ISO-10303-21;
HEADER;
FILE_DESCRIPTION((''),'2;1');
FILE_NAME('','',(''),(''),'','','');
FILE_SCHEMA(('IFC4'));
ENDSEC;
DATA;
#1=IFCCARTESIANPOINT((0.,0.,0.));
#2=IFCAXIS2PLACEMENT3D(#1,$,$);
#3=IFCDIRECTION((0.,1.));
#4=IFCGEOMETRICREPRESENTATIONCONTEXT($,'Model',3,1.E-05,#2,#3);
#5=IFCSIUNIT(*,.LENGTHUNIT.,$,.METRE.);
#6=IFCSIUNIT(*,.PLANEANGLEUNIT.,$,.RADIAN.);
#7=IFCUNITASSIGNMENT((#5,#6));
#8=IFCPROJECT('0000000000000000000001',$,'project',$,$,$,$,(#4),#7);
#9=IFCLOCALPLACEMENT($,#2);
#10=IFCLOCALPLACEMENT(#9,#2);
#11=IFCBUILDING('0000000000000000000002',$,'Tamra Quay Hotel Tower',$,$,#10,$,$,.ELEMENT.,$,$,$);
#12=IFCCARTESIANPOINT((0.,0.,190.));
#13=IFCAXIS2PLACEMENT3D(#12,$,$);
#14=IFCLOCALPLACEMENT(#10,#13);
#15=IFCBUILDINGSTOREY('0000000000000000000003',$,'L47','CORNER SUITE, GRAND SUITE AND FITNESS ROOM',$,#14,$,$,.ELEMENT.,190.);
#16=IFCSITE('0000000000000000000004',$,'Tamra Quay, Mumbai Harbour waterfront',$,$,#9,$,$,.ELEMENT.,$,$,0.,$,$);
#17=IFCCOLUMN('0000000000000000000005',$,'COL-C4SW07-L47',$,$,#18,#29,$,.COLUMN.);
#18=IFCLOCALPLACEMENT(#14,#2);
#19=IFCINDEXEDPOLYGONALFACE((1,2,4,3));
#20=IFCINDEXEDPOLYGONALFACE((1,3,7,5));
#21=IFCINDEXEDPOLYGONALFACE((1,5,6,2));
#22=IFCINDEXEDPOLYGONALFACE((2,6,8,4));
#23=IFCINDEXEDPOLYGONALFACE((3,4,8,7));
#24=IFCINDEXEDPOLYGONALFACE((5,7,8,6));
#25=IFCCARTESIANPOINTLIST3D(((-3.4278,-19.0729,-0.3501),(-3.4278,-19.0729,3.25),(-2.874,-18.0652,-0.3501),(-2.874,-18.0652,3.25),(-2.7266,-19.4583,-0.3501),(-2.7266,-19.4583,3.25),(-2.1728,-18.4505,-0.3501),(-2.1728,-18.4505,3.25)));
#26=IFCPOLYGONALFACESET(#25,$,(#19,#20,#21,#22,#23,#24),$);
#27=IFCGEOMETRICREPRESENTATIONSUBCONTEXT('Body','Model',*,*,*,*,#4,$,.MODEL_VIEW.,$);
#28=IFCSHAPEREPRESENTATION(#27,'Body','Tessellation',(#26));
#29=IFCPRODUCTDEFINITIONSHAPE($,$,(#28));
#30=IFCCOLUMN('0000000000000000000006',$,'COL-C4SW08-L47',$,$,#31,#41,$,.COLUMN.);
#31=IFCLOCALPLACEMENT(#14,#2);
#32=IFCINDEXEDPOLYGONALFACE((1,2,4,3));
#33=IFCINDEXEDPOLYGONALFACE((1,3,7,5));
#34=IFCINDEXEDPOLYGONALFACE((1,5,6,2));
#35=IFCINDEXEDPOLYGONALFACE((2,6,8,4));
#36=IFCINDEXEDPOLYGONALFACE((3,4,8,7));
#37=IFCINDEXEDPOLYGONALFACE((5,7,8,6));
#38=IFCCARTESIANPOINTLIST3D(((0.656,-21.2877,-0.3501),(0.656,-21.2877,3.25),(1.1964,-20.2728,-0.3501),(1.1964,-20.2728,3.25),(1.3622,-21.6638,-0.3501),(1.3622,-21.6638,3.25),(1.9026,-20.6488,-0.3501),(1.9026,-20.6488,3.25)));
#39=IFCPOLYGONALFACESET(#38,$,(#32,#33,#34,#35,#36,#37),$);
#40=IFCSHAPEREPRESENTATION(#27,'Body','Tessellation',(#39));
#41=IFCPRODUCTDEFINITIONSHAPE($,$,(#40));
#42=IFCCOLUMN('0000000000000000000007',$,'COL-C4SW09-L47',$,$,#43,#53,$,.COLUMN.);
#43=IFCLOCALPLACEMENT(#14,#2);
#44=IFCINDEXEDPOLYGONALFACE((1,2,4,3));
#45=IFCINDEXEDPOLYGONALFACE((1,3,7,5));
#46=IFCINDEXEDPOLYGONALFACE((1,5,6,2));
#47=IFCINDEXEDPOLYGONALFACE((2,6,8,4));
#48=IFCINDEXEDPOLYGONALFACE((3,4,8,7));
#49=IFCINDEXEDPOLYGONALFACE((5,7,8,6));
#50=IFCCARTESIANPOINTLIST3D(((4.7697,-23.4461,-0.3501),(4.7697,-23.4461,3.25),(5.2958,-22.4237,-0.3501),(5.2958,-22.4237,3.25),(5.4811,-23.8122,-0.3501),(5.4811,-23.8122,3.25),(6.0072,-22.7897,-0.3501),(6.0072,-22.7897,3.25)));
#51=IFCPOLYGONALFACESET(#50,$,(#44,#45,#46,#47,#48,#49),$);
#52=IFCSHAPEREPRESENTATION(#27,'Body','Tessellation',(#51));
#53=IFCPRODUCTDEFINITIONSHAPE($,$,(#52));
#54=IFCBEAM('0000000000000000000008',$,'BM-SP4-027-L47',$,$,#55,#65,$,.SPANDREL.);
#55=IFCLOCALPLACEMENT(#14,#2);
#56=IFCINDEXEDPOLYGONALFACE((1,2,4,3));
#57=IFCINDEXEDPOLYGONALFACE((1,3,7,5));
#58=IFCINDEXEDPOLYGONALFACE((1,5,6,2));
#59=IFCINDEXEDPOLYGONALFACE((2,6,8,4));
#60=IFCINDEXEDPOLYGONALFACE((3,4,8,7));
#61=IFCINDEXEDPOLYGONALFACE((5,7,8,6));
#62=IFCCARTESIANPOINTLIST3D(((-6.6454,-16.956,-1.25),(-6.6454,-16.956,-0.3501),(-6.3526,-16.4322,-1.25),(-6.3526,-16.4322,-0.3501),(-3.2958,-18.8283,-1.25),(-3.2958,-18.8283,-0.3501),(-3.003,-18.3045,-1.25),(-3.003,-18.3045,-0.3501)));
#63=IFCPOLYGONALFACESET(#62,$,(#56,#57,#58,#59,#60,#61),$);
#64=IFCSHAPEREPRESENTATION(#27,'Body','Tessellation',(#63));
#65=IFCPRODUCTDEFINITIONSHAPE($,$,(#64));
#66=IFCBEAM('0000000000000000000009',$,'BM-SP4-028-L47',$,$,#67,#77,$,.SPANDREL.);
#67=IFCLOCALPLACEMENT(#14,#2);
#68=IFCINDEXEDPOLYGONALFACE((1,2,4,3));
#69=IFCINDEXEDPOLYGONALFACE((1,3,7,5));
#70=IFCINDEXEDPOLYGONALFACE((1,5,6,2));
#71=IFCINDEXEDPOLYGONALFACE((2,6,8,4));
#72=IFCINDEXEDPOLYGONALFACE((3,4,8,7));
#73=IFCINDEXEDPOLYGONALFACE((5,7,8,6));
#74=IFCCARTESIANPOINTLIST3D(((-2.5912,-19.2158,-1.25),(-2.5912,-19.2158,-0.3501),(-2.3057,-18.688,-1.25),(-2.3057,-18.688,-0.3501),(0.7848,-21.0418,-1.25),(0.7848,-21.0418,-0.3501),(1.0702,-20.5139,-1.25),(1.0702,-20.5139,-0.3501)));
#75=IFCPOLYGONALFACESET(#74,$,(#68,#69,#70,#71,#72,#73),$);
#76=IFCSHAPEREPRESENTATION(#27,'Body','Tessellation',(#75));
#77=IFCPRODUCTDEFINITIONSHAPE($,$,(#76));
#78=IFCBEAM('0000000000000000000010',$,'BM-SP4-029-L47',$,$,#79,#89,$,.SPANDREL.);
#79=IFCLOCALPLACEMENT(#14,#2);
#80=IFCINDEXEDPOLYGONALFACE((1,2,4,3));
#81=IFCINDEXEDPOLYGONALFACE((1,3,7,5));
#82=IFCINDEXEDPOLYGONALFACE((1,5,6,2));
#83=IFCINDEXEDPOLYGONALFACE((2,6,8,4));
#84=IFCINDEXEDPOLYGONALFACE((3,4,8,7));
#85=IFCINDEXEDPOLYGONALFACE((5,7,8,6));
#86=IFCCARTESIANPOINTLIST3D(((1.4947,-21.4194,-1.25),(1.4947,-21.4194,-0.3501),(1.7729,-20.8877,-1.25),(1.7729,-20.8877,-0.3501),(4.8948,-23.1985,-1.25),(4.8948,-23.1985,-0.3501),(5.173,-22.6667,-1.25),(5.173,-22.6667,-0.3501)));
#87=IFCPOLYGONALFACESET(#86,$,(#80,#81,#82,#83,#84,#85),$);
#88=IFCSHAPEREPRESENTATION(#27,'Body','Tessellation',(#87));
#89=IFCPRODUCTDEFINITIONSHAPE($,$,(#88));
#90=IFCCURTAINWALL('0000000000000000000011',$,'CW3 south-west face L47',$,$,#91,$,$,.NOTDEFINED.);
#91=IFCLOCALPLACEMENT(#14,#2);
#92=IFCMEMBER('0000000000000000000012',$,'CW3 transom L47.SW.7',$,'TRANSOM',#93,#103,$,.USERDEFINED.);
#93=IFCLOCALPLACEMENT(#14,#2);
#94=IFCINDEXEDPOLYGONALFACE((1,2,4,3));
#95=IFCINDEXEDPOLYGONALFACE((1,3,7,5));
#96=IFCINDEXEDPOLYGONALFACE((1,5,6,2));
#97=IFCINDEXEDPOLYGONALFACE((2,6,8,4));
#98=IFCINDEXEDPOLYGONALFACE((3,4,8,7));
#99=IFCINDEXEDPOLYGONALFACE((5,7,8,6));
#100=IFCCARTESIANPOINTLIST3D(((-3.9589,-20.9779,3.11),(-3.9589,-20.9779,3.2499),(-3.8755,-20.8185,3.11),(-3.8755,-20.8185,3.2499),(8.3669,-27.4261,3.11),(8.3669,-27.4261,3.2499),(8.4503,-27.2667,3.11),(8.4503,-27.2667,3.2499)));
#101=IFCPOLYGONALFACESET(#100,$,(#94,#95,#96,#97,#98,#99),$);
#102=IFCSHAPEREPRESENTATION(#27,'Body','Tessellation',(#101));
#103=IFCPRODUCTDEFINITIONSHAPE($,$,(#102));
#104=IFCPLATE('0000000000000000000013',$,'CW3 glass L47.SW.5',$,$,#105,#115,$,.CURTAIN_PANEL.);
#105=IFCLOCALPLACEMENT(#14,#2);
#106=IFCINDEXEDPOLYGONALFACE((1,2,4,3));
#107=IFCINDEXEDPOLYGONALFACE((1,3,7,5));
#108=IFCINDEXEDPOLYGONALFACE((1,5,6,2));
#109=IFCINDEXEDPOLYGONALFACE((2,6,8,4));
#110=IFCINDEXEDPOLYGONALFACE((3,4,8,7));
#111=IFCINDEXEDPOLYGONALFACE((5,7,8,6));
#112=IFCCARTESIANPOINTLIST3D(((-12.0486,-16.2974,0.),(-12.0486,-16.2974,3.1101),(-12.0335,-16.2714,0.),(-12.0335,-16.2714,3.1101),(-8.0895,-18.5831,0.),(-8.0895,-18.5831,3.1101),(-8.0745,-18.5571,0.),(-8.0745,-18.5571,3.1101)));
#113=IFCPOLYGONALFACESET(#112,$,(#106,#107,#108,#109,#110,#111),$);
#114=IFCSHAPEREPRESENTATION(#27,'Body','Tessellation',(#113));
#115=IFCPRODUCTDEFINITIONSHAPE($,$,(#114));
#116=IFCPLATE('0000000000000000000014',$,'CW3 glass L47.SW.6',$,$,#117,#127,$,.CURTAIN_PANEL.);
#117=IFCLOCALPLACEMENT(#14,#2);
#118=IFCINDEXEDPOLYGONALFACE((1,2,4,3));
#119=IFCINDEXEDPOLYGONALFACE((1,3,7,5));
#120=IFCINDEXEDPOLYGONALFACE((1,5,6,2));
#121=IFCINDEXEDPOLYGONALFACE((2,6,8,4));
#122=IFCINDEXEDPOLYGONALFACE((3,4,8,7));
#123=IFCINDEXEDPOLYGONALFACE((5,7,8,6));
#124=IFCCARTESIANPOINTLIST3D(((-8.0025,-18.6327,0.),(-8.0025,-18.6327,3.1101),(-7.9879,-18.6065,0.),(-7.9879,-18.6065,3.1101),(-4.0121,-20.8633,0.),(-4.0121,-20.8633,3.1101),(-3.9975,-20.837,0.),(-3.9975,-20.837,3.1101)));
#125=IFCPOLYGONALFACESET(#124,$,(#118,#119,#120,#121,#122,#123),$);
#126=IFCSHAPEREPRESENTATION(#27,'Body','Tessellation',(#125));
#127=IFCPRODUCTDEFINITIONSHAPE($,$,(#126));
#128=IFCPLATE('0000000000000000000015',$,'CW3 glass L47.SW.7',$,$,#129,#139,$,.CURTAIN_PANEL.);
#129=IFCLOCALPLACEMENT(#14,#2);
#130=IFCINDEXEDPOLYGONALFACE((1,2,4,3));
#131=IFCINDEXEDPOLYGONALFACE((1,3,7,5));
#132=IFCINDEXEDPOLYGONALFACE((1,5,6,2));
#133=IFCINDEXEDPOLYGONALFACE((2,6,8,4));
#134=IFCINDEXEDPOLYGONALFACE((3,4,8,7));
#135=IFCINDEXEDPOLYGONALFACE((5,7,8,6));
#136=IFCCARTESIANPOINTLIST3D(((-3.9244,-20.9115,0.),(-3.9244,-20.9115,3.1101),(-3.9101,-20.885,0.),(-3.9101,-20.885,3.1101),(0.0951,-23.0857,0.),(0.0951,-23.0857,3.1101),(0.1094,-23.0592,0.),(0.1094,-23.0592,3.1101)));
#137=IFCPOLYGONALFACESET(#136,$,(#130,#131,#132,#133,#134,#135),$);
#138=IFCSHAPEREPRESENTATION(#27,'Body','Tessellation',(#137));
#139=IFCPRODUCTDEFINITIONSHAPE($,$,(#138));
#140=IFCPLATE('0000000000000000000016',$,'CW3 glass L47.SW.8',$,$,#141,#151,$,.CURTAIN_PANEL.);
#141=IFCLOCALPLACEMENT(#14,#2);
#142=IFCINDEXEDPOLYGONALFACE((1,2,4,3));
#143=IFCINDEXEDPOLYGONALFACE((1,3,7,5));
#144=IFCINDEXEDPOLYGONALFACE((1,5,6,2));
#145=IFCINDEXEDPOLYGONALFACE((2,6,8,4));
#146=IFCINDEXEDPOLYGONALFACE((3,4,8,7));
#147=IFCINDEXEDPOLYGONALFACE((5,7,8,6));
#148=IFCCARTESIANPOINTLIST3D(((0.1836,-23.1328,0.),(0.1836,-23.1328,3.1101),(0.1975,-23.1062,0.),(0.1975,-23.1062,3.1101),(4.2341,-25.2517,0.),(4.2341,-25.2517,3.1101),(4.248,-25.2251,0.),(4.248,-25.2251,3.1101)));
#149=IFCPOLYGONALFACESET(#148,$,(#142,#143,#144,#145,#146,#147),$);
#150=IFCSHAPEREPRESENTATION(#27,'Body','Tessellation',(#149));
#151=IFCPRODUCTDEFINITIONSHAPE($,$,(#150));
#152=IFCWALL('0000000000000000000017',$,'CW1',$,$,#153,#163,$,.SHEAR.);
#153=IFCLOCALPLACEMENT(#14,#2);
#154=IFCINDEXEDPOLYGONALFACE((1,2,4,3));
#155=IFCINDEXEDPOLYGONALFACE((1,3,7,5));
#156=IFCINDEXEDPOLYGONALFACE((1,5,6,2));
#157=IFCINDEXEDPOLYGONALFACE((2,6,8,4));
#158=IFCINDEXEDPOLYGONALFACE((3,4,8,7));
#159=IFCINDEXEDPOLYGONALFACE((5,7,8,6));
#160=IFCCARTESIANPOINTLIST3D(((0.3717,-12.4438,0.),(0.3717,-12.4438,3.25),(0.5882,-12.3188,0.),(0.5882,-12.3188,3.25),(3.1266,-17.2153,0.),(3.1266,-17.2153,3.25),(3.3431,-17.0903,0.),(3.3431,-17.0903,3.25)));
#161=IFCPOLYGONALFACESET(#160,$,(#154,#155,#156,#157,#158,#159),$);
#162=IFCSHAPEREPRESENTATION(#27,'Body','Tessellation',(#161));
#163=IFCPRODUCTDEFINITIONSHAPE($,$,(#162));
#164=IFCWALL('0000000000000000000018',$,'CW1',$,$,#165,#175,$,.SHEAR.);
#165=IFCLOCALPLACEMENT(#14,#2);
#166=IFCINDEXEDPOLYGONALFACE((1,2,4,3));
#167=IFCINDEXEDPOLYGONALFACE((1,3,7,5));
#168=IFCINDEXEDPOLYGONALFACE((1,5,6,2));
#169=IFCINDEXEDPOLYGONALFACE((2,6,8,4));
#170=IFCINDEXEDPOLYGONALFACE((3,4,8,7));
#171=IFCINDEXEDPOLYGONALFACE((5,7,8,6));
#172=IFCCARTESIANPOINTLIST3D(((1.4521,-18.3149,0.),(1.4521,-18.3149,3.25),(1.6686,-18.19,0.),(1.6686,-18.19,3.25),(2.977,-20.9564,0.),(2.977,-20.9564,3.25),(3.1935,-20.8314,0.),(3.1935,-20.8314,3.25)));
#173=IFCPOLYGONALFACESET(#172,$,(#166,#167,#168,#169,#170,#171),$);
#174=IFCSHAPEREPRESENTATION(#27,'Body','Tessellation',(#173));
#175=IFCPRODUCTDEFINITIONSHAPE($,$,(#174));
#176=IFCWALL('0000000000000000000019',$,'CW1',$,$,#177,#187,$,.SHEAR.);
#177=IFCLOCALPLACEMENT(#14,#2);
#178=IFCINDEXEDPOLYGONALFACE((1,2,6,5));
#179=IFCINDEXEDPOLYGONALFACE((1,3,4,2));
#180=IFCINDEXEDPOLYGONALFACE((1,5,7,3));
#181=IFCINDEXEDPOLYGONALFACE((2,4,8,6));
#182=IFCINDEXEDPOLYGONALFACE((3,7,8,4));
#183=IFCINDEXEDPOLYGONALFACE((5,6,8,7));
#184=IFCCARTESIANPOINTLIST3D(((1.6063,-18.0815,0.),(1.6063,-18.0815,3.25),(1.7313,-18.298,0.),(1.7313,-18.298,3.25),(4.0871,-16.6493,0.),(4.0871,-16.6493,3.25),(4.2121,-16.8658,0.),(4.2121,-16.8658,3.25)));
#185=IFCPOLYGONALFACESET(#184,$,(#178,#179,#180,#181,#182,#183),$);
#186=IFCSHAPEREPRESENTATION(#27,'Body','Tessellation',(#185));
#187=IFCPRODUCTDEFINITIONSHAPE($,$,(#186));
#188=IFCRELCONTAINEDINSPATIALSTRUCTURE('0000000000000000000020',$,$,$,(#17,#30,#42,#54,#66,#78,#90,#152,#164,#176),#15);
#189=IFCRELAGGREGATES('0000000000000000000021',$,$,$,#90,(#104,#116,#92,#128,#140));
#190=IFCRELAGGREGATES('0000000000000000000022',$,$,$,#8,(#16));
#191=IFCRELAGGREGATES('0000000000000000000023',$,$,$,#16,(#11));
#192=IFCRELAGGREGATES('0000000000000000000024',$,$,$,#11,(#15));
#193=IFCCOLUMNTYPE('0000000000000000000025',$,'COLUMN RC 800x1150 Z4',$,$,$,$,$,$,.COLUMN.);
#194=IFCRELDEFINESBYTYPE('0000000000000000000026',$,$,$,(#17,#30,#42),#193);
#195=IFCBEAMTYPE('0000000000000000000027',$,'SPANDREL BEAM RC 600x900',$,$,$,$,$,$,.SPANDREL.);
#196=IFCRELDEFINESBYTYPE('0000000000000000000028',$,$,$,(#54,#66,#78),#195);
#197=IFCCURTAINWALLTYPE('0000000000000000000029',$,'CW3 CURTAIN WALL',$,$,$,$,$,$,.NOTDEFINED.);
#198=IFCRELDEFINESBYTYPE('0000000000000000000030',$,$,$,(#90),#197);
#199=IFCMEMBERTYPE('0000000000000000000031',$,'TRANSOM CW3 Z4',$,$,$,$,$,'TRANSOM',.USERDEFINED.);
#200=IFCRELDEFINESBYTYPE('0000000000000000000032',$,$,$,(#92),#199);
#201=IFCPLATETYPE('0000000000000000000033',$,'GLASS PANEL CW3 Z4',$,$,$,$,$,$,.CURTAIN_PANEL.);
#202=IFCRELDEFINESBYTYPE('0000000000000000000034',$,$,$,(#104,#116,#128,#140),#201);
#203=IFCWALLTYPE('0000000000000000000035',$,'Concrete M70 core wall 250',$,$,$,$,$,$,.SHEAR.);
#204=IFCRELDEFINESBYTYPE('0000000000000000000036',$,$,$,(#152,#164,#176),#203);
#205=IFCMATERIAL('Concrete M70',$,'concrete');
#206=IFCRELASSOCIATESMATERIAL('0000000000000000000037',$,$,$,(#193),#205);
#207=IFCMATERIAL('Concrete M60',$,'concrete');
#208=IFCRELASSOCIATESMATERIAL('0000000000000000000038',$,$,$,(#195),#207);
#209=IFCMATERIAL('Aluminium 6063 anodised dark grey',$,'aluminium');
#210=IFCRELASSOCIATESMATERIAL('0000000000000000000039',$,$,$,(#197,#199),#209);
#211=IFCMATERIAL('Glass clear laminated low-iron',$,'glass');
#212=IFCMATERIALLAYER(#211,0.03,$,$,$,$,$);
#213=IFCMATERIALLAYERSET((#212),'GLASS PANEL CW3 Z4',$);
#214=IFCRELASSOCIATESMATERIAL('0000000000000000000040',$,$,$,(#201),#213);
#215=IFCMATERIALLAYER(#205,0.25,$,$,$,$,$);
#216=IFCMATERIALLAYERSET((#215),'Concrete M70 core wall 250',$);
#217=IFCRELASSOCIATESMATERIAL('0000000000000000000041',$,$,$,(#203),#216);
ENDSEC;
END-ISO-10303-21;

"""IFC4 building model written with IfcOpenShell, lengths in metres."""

from ifc_helpers import new_model, si_unit, direction, frame, frame_2d, origin, origin_2d, place, context, subcontext, project, spatial, rectangle, extrude, material, layer, layer_set, material_profile, profile_set, type_object, element, aggregate, save


model = new_model("IFC4")

# Units and contexts
model_context = context("Model", 3, precision=1e-05, world=origin(), true_north=direction((0.0, 1.0)))
body_context = subcontext(model_context, "Body", "Model", "MODEL_VIEW")
ifc_project = project(units=[si_unit("LENGTHUNIT", "METRE"), si_unit("PLANEANGLEUNIT", "RADIAN")], contexts=[model_context])

# Site, building, storey
site_placement = place(None, origin())
site = spatial("IfcSite", under=ifc_project, at=site_placement, Name="Tamra Quay, Mumbai Harbour waterfront", CompositionType="ELEMENT", RefElevation=0.0)
building_placement = place(site_placement, origin())
building = spatial("IfcBuilding", under=site, at=building_placement, Name="Tamra Quay Hotel Tower", CompositionType="ELEMENT")
storey_placement = place(building_placement, frame((0.0, 0.0, 190.0)))
storey = spatial("IfcBuildingStorey", under=building, at=storey_placement, Name="L47", Description="CORNER SUITE, GRAND SUITE AND FITNESS ROOM", CompositionType="ELEMENT", Elevation=190.0)

# Columns
ifc_material_1 = material(Name="Concrete M70", Category="concrete")
ifc_material_profile_1 = material_profile(ifc_material_1, rectangle(XDim=1.1499, YDim=0.8, at=origin_2d()), Name="COLUMN RC 800x1150 Z4")
ifc_profile_set_1 = profile_set([ifc_material_profile_1], Name="Concrete M70")
column_type = type_object("IfcColumnType", Name="COLUMN RC 800x1150 Z4", PredefinedType="COLUMN", material=ifc_profile_set_1)
for number, where, z_axis, x_axis, name in (
    (1, (-2.8003, -18.7617, -0.3501), (0.0, 0.0, 1.0), (0.481602, 0.87639, 0.0), "COL-C4SW07-L47"),
    (2, (1.2793, -20.9683, -0.3501), (0.0, 0.0, 1.0), (0.470002, 0.882666, 0.0), "COL-C4SW08-L47"),
    (3, (5.3884, -23.1179, -0.3501), (0.0, 0.0, 1.0), (0.457548, 0.889185, 0.0), "COL-C4SW09-L47"),
):
    element("IfcColumn", number, at=place(storey_placement, frame(where, z_axis=z_axis, x_axis=x_axis)), inside=storey, type_object=column_type, Name=name, PredefinedType="COLUMN", context=body_context, shape_type="SweptSolid", body=[
        extrude(rectangle(XDim=1.1499, YDim=0.8, at=origin_2d()), origin(), (0.0, 0.0, 1.0), 3.6001),
    ])

# Beams
ifc_material_2 = material(Name="Concrete M60", Category="concrete")
ifc_material_profile_2 = material_profile(ifc_material_2, rectangle(XDim=0.6001, YDim=0.8999, at=origin_2d()), Name="SPANDREL BEAM RC 600x900")
ifc_profile_set_2 = profile_set([ifc_material_profile_2], Name="Concrete M60")
beam_type = type_object("IfcBeamType", Name="SPANDREL BEAM RC 600x900", PredefinedType="SPANDREL", material=ifc_profile_set_2)
beam_1_placement = place(storey_placement, frame((-6.499, -16.6941, -0.8), z_axis=(0.872891, -0.487915, 0.0), x_axis=(0.487915, 0.872891, 0.0)))
element("IfcBeam", 4, at=beam_1_placement, inside=storey, type_object=beam_type, Name="BM-SP4-027-L47", PredefinedType="SPANDREL", context=body_context, shape_type="SweptSolid", body=[
    extrude(rectangle(XDim=0.6001, YDim=0.8999, at=origin_2d()), origin(), (0.0, 0.0, 1.0), 3.8374),
])
beam_2_placement = place(storey_placement, frame((-2.4485, -18.9519, -0.8), z_axis=(0.879589, -0.475734, 0.0), x_axis=(0.475734, 0.879589, 0.0)))
element("IfcBeam", 5, at=beam_2_placement, inside=storey, type_object=beam_type, Name="BM-SP4-028-L47", PredefinedType="SPANDREL", context=body_context, shape_type="SweptSolid", body=[
    extrude(rectangle(XDim=0.6001, YDim=0.8999, at=origin_2d()), origin(), (0.0, 0.0, 1.0), 3.8381),
])
beam_3_placement = place(storey_placement, frame((1.6338, -21.1536, -0.8), z_axis=(0.886043, -0.463603, 0.0), x_axis=(0.463603, 0.886043, 0.0)))
element("IfcBeam", 6, at=beam_3_placement, inside=storey, type_object=beam_type, Name="BM-SP4-029-L47", PredefinedType="SPANDREL", context=body_context, shape_type="SweptSolid", body=[
    extrude(rectangle(XDim=0.6001, YDim=0.8999, at=origin_2d()), origin(), (0.0, 0.0, 1.0), 3.8374),
])

# Curtain wall, member, plates
ifc_material_3 = material(Name="Aluminium 6063 anodised dark grey", Category="aluminium")
curtain_wall_type = type_object("IfcCurtainWallType", Name="CW3 CURTAIN WALL", PredefinedType="NOTDEFINED", material=ifc_material_3)
curtain_wall_placement = place(storey_placement, origin())
curtain_wall = element("IfcCurtainWall", 7, at=curtain_wall_placement, inside=storey, type_object=curtain_wall_type, Name="CW3 south-west face L47", PredefinedType="NOTDEFINED")
ifc_material_profile_3 = material_profile(ifc_material_3, rectangle(XDim=0.1799, YDim=0.1399, at=origin_2d()), Name="TRANSOM 180X140")
ifc_profile_set_3 = profile_set([ifc_material_profile_3], Name="Aluminium 6063 anodised dark grey")
member_type = type_object("IfcMemberType", Name="TRANSOM CW3 Z4", ElementType="TRANSOM", PredefinedType="USERDEFINED", material=ifc_profile_set_3)
member_placement = place(storey_placement, frame((-3.9172, -20.8982, 3.1799), z_axis=(0.886074, -0.463545, 0.0), x_axis=(0.463545, 0.886074, 0.0)))
member = element("IfcMember", 8, at=member_placement, type_object=member_type, Name="CW3 transom L47.SW.7", ObjectType="TRANSOM", PredefinedType="USERDEFINED", context=body_context, shape_type="SweptSolid", body=[
    extrude(rectangle(XDim=0.1799, YDim=0.1399, at=origin_2d()), origin(), (0.0, 0.0, 1.0), 13.9106),
])
ifc_material_4 = material(Name="Glass clear laminated low-iron", Category="glass")
ifc_layer_1 = layer(ifc_material_4, 0.03)
ifc_layer_set_1 = layer_set([ifc_layer_1], Name="GLASS PANEL CW3 Z4")
plate_type = type_object("IfcPlateType", Name="GLASS PANEL CW3 Z4", PredefinedType="CURTAIN_PANEL", material=ifc_layer_set_1)
plate_1_placement = place(storey_placement, frame((-10.0615, -17.4272, 0.0), z_axis=(0.0, 0.0, 1.0), x_axis=(0.866025, -0.5, 0.0)))
plate_1 = element("IfcPlate", 9, at=plate_1_placement, type_object=plate_type, Name="CW3 glass L47.SW.5", PredefinedType="CURTAIN_PANEL", context=body_context, shape_type="SweptSolid", body=[
    extrude(rectangle(XDim=4.5715, YDim=0.03, at=origin_2d()), origin(), (0.0, 0.0, 1.0), 3.1101),
])
plate_2_placement = place(storey_placement, frame((-6.0, -19.7349, 0.0), z_axis=(0.0, 0.0, 1.0), x_axis=(0.872885, -0.487926, 0.0)))
plate_2 = element("IfcPlate", 10, at=plate_2_placement, type_object=plate_type, Name="CW3 glass L47.SW.6", PredefinedType="CURTAIN_PANEL", context=body_context, shape_type="SweptSolid", body=[
    extrude(rectangle(XDim=4.5715, YDim=0.03, at=origin_2d()), origin(), (0.0, 0.0, 1.0), 3.1101),
])
plate_3_placement = place(storey_placement, frame((-1.9075, -21.9854, 0.0), z_axis=(0.0, 0.0, 1.0), x_axis=(0.879569, -0.475772, 0.0)))
plate_3 = element("IfcPlate", 11, at=plate_3_placement, type_object=plate_type, Name="CW3 glass L47.SW.7", PredefinedType="CURTAIN_PANEL", context=body_context, shape_type="SweptSolid", body=[
    extrude(rectangle(XDim=4.5698, YDim=0.03, at=origin_2d()), origin(), (0.0, 0.0, 1.0), 3.1101),
])
plate_4_placement = place(storey_placement, frame((2.2158, -24.179, 0.0), z_axis=(0.0, 0.0, 1.0), x_axis=(0.886075, -0.463541, 0.0)))
plate_4 = element("IfcPlate", 12, at=plate_4_placement, type_object=plate_type, Name="CW3 glass L47.SW.8", PredefinedType="CURTAIN_PANEL", context=body_context, shape_type="SweptSolid", body=[
    extrude(rectangle(XDim=4.5713, YDim=0.03, at=origin_2d()), origin(), (0.0, 0.0, 1.0), 3.1101),
])
aggregate(curtain_wall, [plate_1, plate_2, member, plate_3, plate_4])

# Walls
ifc_layer_2 = layer(ifc_material_1, 0.25)
ifc_layer_set_2 = layer_set([ifc_layer_2], Name="Concrete M70 core wall 250")
wall_type_1 = type_object("IfcWallType", Name="Concrete M70 core wall 250", PredefinedType="SHEAR", material=ifc_layer_set_2)
wall_1_placement = place(storey_placement, frame((3.2349, -17.1528, 0.0), z_axis=(0.0, 0.0, 1.0), x_axis=(-0.500009, 0.86602, 0.0)))
element("IfcWall", 13, at=wall_1_placement, inside=storey, type_object=wall_type_1, Name="CW1", PredefinedType="SHEAR", context=body_context, shape_type="SweptSolid", body=[
    extrude(rectangle(XDim=5.5098, YDim=0.25, at=frame_2d((2.7549, 0.0))), origin(), (0.0, 0.0, 1.0), 3.25),
])
wall_2_placement = place(storey_placement, frame((3.0852, -20.8938, 0.0), z_axis=(0.0, 0.0, 1.0), x_axis=(-0.499979, 0.866038, 0.0)))
element("IfcWall", 14, at=wall_2_placement, inside=storey, type_object=wall_type_1, Name="CW1", PredefinedType="SHEAR", context=body_context, shape_type="SweptSolid", body=[
    extrude(rectangle(XDim=3.05, YDim=0.25, at=frame_2d((1.5249, 0.0))), origin(), (0.0, 0.0, 1.0), 3.25),
])
wall_3_placement = place(storey_placement, frame((1.6689, -18.1897, 0.0), z_axis=(0.0, 0.0, 1.0), x_axis=(0.866042, 0.499971, 0.0)))
element("IfcWall", 15, at=wall_3_placement, inside=storey, type_object=wall_type_1, Name="CW1", PredefinedType="SHEAR", context=body_context, shape_type="SweptSolid", body=[
    extrude(rectangle(XDim=2.8645, YDim=0.25, at=frame_2d((1.4321, 0.0))), origin(), (0.0, 0.0, 1.0), 3.25),
])

save(model, "model.ifc")
